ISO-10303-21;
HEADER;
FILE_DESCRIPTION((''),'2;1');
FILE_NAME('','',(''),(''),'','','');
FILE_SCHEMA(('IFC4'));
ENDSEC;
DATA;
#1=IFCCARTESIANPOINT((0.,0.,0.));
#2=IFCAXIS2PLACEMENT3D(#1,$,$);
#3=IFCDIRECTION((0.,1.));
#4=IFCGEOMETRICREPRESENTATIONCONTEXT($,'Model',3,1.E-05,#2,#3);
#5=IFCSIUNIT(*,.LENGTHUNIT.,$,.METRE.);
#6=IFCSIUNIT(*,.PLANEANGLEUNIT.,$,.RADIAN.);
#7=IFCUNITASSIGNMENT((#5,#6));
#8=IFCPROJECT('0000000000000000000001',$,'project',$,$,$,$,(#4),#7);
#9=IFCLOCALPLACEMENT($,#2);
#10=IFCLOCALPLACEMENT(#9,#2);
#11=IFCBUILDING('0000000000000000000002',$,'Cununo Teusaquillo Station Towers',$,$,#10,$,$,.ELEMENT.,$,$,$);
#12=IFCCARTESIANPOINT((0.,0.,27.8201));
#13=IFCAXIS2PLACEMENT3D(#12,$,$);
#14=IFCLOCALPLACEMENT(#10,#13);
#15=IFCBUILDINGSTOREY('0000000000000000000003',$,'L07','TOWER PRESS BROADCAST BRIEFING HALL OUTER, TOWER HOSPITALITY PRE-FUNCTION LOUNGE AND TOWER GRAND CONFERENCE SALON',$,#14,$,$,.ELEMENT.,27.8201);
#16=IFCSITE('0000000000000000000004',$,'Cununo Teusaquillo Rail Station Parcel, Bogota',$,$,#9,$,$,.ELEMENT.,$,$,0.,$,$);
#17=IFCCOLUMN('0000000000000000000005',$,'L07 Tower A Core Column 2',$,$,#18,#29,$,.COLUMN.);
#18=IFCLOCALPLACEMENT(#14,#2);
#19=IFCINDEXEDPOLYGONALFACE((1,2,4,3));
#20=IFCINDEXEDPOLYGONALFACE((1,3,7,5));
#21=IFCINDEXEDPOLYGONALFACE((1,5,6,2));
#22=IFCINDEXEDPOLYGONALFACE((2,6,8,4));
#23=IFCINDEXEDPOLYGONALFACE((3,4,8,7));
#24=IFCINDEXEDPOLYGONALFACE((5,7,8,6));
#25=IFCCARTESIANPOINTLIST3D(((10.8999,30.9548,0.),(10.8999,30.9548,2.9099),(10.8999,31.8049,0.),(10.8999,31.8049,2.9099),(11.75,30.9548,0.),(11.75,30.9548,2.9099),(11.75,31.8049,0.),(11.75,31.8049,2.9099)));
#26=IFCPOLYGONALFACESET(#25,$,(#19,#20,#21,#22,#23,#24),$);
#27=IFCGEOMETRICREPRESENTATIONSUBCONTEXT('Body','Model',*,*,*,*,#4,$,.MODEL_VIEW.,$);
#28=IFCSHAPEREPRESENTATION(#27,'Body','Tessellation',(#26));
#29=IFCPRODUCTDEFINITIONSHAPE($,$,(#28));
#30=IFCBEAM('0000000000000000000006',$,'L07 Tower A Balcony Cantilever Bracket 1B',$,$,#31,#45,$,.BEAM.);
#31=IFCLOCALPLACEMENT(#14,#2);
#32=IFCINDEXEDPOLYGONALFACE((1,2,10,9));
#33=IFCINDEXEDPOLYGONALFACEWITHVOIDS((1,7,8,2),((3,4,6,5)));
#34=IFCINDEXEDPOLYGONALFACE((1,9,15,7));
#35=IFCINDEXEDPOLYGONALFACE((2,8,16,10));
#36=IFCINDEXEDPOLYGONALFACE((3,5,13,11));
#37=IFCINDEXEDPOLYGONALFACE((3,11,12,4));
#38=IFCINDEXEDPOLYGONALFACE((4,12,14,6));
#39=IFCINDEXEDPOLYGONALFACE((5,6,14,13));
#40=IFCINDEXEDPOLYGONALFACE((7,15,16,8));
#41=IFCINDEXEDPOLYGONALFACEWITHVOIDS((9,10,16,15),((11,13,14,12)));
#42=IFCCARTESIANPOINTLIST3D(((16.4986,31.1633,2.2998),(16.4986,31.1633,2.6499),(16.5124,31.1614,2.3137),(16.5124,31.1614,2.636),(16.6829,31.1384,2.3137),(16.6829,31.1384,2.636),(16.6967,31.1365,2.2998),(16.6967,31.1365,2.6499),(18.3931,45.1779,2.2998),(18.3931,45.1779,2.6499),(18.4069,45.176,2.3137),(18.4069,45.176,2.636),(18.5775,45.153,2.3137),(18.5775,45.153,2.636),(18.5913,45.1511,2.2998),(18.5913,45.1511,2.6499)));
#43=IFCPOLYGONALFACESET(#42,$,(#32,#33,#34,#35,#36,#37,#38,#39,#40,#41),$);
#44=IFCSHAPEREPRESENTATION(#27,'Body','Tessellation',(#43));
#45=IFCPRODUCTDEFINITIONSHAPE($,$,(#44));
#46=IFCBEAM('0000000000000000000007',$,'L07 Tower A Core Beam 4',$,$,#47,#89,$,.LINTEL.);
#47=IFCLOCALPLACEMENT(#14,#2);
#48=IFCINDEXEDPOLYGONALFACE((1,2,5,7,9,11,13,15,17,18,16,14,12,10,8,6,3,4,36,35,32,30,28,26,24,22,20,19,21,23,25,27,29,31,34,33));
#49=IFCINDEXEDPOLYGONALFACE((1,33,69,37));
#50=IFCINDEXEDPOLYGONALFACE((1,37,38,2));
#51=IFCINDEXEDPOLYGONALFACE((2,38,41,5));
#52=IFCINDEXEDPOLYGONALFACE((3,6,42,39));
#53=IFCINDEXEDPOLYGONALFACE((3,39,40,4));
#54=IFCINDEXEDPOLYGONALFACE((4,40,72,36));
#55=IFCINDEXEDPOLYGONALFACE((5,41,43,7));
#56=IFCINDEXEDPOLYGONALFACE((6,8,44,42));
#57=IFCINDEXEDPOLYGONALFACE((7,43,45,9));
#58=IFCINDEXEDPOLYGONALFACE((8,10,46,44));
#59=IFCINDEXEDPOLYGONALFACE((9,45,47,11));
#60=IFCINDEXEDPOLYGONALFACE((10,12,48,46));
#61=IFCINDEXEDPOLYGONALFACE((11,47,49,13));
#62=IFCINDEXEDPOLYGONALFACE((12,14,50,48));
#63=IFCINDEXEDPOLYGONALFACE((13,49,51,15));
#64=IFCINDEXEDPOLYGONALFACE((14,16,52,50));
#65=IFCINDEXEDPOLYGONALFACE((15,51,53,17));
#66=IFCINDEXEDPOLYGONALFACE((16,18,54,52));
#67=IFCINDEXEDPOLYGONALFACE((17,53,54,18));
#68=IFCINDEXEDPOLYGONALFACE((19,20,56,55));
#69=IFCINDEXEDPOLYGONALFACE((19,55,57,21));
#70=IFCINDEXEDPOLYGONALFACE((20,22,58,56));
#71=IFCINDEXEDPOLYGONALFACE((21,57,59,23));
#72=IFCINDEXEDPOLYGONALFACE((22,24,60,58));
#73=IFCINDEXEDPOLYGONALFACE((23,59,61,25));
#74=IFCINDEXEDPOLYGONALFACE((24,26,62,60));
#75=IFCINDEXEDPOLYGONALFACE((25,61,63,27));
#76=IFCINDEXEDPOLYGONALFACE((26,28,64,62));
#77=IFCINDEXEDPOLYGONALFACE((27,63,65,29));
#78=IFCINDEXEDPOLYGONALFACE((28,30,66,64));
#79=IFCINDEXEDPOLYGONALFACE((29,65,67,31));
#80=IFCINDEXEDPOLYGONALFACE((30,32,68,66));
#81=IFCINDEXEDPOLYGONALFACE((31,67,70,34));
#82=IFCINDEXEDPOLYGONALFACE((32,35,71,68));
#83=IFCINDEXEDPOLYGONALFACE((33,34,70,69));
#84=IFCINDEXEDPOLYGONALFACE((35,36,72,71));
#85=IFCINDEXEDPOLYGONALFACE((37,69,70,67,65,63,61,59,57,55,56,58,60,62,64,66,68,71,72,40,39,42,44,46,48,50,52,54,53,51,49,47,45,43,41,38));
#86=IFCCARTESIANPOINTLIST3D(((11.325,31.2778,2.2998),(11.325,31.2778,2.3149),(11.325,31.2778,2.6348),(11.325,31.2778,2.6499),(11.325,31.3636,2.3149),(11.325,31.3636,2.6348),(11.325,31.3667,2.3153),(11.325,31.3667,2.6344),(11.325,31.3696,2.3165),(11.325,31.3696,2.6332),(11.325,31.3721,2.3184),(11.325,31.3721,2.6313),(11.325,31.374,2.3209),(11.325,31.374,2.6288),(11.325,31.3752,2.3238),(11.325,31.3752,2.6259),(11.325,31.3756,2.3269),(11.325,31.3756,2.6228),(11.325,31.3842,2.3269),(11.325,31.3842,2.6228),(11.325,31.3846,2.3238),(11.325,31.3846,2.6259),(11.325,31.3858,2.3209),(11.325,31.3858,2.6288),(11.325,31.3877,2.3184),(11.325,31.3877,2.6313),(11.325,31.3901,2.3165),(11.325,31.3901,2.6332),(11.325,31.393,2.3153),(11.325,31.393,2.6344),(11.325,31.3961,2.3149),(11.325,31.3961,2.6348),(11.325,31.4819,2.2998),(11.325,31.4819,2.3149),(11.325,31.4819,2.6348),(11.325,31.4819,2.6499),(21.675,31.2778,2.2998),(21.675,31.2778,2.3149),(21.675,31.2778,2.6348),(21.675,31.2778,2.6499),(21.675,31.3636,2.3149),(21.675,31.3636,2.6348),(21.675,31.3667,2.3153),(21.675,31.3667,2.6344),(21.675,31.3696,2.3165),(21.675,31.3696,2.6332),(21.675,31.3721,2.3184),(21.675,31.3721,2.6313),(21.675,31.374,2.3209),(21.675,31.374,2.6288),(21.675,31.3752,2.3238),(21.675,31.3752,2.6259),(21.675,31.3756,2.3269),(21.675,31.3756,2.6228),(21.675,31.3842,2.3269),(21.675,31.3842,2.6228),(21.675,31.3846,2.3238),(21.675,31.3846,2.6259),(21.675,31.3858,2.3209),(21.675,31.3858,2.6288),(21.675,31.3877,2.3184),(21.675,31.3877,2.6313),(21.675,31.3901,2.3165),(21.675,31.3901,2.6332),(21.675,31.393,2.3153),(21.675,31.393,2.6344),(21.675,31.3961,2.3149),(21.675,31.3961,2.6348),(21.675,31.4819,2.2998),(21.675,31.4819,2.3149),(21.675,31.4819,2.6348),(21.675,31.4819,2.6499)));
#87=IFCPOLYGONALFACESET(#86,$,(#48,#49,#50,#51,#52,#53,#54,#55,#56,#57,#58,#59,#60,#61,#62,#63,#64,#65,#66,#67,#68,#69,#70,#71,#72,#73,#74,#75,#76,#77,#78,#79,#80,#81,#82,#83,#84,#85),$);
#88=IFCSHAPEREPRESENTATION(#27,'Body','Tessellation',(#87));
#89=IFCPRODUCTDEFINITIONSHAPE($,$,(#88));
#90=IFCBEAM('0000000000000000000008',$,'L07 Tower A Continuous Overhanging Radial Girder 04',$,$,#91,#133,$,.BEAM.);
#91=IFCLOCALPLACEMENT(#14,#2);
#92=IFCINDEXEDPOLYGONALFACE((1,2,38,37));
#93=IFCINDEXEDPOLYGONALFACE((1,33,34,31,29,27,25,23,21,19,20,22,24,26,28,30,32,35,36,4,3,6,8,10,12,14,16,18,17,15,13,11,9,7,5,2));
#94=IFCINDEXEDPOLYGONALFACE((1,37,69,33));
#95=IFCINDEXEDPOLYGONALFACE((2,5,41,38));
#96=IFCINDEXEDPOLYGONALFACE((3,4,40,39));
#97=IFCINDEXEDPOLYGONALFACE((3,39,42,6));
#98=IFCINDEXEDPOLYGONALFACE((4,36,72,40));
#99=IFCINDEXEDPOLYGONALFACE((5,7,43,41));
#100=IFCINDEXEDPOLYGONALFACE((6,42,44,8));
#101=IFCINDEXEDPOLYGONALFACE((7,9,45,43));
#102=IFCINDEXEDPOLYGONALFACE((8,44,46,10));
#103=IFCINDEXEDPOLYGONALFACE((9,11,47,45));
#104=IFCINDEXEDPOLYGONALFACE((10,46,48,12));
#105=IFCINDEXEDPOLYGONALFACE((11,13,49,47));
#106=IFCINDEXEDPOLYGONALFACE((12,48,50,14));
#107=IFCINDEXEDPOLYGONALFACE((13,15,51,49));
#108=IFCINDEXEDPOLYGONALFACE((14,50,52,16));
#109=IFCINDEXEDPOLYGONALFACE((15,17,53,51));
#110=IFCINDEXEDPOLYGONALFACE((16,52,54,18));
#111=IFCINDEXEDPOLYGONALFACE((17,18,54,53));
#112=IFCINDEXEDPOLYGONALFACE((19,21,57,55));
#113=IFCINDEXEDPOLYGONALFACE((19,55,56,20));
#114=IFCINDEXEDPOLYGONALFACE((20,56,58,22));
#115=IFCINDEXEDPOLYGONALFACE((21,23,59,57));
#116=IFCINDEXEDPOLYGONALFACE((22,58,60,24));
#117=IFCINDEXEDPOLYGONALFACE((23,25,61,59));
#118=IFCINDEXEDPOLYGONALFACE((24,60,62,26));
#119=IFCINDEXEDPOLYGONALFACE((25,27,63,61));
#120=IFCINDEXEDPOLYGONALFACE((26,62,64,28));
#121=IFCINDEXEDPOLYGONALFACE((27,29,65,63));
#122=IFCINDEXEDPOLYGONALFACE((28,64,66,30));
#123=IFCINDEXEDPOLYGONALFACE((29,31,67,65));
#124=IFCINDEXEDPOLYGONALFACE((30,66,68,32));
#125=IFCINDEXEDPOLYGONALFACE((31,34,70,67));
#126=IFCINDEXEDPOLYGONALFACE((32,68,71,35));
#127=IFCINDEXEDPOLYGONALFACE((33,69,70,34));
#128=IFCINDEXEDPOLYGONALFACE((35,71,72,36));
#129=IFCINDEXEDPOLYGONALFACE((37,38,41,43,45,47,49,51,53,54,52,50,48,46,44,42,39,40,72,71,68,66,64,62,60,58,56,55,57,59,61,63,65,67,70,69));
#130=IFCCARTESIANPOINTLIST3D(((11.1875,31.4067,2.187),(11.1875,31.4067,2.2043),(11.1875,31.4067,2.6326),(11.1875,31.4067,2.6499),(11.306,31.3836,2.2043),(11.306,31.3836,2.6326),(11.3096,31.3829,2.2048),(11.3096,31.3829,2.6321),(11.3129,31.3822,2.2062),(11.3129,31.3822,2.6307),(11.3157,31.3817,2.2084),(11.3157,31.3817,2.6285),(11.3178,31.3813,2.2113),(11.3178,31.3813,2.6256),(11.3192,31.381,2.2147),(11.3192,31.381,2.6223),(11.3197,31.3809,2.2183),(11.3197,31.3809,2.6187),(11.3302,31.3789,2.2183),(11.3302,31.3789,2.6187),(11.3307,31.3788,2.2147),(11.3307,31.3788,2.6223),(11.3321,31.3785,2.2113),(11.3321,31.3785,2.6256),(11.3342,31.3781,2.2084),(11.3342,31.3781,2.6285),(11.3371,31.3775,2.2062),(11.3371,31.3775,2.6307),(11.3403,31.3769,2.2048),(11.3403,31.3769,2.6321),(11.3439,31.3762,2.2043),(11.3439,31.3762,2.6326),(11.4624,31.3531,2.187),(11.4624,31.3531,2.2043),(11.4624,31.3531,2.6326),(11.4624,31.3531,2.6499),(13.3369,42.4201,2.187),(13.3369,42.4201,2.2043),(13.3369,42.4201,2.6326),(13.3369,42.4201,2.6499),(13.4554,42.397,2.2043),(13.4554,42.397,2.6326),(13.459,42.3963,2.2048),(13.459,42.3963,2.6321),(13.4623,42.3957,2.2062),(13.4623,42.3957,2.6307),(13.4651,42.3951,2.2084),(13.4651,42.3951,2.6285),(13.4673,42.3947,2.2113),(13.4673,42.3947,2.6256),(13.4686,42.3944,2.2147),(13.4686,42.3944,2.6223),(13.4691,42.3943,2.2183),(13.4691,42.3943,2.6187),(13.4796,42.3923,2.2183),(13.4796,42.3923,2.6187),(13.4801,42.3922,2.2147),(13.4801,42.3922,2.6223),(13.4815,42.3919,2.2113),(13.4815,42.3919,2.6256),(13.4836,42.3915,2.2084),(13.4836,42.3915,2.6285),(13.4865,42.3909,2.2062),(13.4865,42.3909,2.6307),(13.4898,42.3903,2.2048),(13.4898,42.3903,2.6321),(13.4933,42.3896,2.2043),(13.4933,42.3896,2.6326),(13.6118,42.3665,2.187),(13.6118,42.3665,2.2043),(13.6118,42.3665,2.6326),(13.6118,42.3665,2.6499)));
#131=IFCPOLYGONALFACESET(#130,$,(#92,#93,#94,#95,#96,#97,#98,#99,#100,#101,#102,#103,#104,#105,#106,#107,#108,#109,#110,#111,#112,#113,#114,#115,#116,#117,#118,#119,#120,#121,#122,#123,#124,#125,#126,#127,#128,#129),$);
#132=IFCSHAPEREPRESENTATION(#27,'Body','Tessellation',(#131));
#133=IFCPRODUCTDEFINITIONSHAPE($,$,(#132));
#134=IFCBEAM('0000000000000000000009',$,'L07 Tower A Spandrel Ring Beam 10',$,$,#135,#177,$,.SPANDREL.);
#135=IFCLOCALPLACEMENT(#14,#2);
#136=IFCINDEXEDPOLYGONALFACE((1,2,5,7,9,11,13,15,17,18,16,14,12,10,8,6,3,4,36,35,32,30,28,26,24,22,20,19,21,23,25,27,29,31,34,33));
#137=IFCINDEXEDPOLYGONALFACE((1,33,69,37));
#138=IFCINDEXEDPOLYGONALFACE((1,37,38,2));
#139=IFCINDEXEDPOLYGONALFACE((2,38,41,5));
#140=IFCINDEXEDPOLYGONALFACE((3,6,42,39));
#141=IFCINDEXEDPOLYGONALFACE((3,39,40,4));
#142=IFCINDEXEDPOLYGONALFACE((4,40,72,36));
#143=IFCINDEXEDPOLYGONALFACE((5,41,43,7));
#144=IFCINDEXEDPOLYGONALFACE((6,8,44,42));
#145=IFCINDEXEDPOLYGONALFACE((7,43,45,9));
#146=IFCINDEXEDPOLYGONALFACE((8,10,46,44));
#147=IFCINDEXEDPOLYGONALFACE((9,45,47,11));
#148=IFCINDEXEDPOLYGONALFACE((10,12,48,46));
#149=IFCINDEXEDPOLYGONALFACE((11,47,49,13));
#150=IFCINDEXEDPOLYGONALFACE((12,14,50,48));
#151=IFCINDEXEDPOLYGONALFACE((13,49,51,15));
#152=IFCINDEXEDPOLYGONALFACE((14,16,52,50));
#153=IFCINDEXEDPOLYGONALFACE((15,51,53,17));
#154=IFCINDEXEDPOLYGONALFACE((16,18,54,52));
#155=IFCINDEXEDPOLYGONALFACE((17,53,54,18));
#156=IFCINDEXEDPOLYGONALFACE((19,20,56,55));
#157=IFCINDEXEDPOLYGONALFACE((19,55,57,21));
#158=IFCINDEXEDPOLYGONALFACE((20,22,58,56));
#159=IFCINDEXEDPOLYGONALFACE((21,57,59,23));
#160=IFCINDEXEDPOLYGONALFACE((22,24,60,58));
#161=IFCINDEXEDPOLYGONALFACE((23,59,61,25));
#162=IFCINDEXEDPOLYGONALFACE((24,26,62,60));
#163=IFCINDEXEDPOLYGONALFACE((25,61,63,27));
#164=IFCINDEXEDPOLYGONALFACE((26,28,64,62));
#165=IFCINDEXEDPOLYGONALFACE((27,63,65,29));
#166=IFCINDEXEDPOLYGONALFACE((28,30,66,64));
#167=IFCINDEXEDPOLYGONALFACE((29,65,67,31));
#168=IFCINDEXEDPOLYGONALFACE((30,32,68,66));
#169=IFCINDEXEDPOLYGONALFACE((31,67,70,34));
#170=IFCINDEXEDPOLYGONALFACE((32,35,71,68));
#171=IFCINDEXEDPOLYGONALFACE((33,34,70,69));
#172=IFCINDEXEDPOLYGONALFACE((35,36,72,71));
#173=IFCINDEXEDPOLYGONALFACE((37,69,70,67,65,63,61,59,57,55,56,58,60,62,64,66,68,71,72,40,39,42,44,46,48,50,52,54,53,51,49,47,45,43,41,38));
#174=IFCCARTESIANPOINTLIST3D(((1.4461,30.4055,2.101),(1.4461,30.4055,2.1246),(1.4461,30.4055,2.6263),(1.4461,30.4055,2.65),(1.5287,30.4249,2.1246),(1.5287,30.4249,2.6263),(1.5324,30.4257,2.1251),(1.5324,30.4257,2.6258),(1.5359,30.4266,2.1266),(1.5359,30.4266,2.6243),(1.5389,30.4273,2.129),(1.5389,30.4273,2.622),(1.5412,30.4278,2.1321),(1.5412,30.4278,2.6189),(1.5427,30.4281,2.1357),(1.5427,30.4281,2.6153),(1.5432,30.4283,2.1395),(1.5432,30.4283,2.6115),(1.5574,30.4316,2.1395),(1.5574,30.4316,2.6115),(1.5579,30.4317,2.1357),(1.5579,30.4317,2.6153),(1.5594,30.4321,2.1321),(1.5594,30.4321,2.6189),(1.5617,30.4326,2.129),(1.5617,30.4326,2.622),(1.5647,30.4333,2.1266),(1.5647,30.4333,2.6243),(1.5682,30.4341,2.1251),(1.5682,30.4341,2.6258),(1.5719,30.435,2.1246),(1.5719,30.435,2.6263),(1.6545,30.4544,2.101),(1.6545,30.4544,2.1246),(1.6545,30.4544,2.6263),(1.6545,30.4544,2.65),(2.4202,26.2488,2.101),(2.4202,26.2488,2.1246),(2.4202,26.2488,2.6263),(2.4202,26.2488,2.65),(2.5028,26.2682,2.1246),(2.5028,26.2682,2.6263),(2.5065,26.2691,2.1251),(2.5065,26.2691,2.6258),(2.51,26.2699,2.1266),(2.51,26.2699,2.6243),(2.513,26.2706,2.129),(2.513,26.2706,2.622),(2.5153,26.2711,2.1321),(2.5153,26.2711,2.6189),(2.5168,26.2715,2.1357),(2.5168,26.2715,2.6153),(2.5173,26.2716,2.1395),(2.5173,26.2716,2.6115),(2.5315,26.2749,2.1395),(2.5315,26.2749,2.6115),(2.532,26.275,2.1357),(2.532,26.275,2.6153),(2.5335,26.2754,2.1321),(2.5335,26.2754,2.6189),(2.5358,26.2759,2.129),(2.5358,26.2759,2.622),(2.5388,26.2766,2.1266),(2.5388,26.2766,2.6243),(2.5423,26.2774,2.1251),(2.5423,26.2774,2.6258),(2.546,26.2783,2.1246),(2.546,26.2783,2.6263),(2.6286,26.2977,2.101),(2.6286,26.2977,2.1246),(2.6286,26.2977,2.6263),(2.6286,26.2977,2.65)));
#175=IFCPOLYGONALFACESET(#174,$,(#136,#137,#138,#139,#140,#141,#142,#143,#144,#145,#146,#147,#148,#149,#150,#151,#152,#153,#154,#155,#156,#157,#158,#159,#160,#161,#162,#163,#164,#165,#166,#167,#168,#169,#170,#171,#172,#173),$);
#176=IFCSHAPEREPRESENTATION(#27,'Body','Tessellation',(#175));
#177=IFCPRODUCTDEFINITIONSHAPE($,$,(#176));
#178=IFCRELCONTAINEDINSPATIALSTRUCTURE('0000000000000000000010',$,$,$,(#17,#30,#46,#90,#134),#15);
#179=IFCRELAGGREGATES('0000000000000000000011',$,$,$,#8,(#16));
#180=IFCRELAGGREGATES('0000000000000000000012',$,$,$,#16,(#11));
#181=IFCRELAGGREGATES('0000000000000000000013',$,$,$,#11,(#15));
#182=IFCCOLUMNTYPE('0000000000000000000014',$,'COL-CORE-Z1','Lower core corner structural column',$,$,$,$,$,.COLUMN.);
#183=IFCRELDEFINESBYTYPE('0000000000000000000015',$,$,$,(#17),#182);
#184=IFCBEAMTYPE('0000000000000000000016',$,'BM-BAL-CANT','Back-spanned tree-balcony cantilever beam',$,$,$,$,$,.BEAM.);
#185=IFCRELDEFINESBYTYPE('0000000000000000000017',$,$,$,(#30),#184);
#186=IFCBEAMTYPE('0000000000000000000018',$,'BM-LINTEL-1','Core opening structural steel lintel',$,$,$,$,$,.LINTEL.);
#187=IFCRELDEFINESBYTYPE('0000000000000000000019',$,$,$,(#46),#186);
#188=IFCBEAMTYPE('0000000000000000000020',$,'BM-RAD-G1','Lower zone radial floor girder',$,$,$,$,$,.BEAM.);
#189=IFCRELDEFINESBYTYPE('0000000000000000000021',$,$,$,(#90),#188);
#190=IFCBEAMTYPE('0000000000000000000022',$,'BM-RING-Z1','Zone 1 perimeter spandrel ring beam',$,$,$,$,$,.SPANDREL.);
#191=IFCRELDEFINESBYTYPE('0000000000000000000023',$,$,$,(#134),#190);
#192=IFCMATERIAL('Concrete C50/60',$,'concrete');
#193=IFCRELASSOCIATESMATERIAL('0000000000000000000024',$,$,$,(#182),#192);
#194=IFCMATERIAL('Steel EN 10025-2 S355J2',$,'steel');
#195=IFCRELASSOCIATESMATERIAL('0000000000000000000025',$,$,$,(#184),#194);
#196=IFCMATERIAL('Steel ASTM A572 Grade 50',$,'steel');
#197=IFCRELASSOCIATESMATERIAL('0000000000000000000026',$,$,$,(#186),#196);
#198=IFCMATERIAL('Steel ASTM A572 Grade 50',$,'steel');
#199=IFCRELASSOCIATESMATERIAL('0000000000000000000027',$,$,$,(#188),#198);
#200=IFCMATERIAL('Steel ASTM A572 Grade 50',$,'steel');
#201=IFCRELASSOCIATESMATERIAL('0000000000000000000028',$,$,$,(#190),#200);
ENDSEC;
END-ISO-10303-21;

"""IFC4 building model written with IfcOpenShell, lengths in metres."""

from ifc_helpers import new_model, si_unit, direction, frame, origin, origin_2d, place, context, subcontext, project, spatial, rectangle, hollow_rectangle, i_section, extrude, material, material_profile, profile_set, type_object, element, save


model = new_model("IFC4")

# Units and contexts
model_context = context("Model", 3, precision=1e-05, world=origin(), true_north=direction((0.0, 1.0)))
body_context = subcontext(model_context, "Body", "Model", "MODEL_VIEW")
ifc_project = project(units=[si_unit("LENGTHUNIT", "METRE"), si_unit("PLANEANGLEUNIT", "RADIAN")], contexts=[model_context])

# Site, building, storey
site_placement = place(None, origin())
site = spatial("IfcSite", under=ifc_project, at=site_placement, Name="Cununo Teusaquillo Rail Station Parcel, Bogota", CompositionType="ELEMENT", RefElevation=0.0)
building_placement = place(site_placement, origin())
building = spatial("IfcBuilding", under=site, at=building_placement, Name="Cununo Teusaquillo Station Towers", CompositionType="ELEMENT")
storey_placement = place(building_placement, frame((0.0, 0.0, 27.8201)))
storey = spatial("IfcBuildingStorey", under=building, at=storey_placement, Name="L07", Description="TOWER PRESS BROADCAST BRIEFING HALL OUTER, TOWER HOSPITALITY PRE-FUNCTION LOUNGE AND TOWER GRAND CONFERENCE SALON", CompositionType="ELEMENT", Elevation=27.8201)

# Column
ifc_material_1 = material(Name="Concrete C50/60", Category="concrete")
ifc_material_profile_1 = material_profile(ifc_material_1, rectangle(XDim=0.8501, YDim=0.8501, at=origin_2d()), Name="RC-RECT-850x850")
ifc_profile_set_1 = profile_set([ifc_material_profile_1], Name="Concrete C50/60")
column_type = type_object("IfcColumnType", Name="COL-CORE-Z1", Description="Lower core corner structural column", PredefinedType="COLUMN", material=ifc_profile_set_1)
column_placement = place(storey_placement, frame((11.325, 31.3799, 0.0), z_axis=(0.0, 0.0, 1.0), x_axis=(1.0, 0.0, 0.0)))
element("IfcColumn", 1, at=column_placement, inside=storey, type_object=column_type, Name="L07 Tower A Core Column 2", PredefinedType="COLUMN", context=body_context, shape_type="SweptSolid", body=[
    extrude(rectangle(XDim=0.8501, YDim=0.8501, at=origin_2d()), origin(), (0.0, 0.0, 1.0), 2.9099),
])

# Beams
ifc_material_2 = material(Name="Steel EN 10025-2 S355J2", Category="steel")
ifc_material_profile_2 = material_profile(ifc_material_2, hollow_rectangle(XDim=0.2, YDim=0.3501, WallThickness=0.0139, at=origin_2d()), Name="RHS 350x200x14")
ifc_profile_set_2 = profile_set([ifc_material_profile_2], Name="Steel EN 10025-2 S355J2")
beam_type_1 = type_object("IfcBeamType", Name="BM-BAL-CANT", Description="Back-spanned tree-balcony cantilever beam", PredefinedType="BEAM", material=ifc_profile_set_2)
beam_1_placement = place(storey_placement, frame((16.5977, 31.1499, 2.4749), z_axis=(0.133964, 0.990986, 0.0), x_axis=(-0.990986, 0.133964, 0.0)))
element("IfcBeam", 2, at=beam_1_placement, inside=storey, type_object=beam_type_1, Name="L07 Tower A Balcony Cantilever Bracket 1B", PredefinedType="BEAM", context=body_context, shape_type="SweptSolid", body=[
    extrude(hollow_rectangle(XDim=0.2, YDim=0.3501, WallThickness=0.0139, at=origin_2d()), origin(), (0.0, 0.0, 1.0), 14.1421),
])
ifc_material_3 = material(Name="Steel ASTM A572 Grade 50", Category="steel")
ifc_material_profile_3 = material_profile(ifc_material_3, i_section(OverallWidth=0.2041, OverallDepth=0.3501, WebThickness=0.0085, FlangeThickness=0.0151, FilletRadius=0.012, at=origin_2d()), Name="W14X48")
ifc_profile_set_3 = profile_set([ifc_material_profile_3], Name="Steel ASTM A572 Grade 50")
beam_type_2 = type_object("IfcBeamType", Name="BM-LINTEL-1", Description="Core opening structural steel lintel", PredefinedType="LINTEL", material=ifc_profile_set_3)
beam_2_placement = place(storey_placement, frame((11.325, 31.3799, 2.4749), z_axis=(1.0, 0.0, 0.0), x_axis=(0.0, 1.0, 0.0)))
element("IfcBeam", 3, at=beam_2_placement, inside=storey, type_object=beam_type_2, Name="L07 Tower A Core Beam 4", PredefinedType="LINTEL", context=body_context, shape_type="SweptSolid", body=[
    extrude(i_section(OverallWidth=0.2041, OverallDepth=0.3501, WebThickness=0.0085, FlangeThickness=0.0151, FilletRadius=0.012, at=origin_2d()), origin(), (0.0, 0.0, 1.0), 10.3501),
])
ifc_material_4 = material(Name="Steel ASTM A572 Grade 50", Category="steel")
ifc_material_profile_4 = material_profile(ifc_material_4, i_section(OverallWidth=0.28, OverallDepth=0.4629, WebThickness=0.0107, FlangeThickness=0.0173, FilletRadius=0.0139, at=origin_2d()), Name="W18X76")
ifc_profile_set_4 = profile_set([ifc_material_profile_4], Name="Steel ASTM A572 Grade 50")
beam_type_3 = type_object("IfcBeamType", Name="BM-RAD-G1", Description="Lower zone radial floor girder", PredefinedType="BEAM", material=ifc_profile_set_4)
beam_3_placement = place(storey_placement, frame((11.325, 31.3799, 2.4185), z_axis=(0.191549, 0.981483, 0.0), x_axis=(-0.981483, 0.191549, 0.0)))
element("IfcBeam", 4, at=beam_3_placement, inside=storey, type_object=beam_type_3, Name="L07 Tower A Continuous Overhanging Radial Girder 04", PredefinedType="BEAM", context=body_context, shape_type="SweptSolid", body=[
    extrude(i_section(OverallWidth=0.28, OverallDepth=0.4629, WebThickness=0.0107, FlangeThickness=0.0173, FilletRadius=0.0139, at=origin_2d()), origin(), (0.0, 0.0, 1.0), 11.2212),
])
ifc_material_5 = material(Name="Steel ASTM A572 Grade 50", Category="steel")
ifc_material_profile_5 = material_profile(ifc_material_5, i_section(OverallWidth=0.2141, OverallDepth=0.5491, WebThickness=0.0146, FlangeThickness=0.0237, FilletRadius=0.0149, at=origin_2d()), Name="W21X93")
ifc_profile_set_5 = profile_set([ifc_material_profile_5], Name="Steel ASTM A572 Grade 50")
beam_type_4 = type_object("IfcBeamType", Name="BM-RING-Z1", Description="Zone 1 perimeter spandrel ring beam", PredefinedType="SPANDREL", material=ifc_profile_set_5)
beam_4_placement = place(storey_placement, frame((1.5503, 30.4299, 2.3755), z_axis=(0.228166, -0.973622, 0.0), x_axis=(0.973622, 0.228166, 0.0)))
element("IfcBeam", 5, at=beam_4_placement, inside=storey, type_object=beam_type_4, Name="L07 Tower A Spandrel Ring Beam 10", PredefinedType="SPANDREL", context=body_context, shape_type="SweptSolid", body=[
    extrude(i_section(OverallWidth=0.2141, OverallDepth=0.5491, WebThickness=0.0146, FlangeThickness=0.0237, FilletRadius=0.0149, at=origin_2d()), origin(), (0.0, 0.0, 1.0), 4.2693),
])

save(model, "model.ifc")
